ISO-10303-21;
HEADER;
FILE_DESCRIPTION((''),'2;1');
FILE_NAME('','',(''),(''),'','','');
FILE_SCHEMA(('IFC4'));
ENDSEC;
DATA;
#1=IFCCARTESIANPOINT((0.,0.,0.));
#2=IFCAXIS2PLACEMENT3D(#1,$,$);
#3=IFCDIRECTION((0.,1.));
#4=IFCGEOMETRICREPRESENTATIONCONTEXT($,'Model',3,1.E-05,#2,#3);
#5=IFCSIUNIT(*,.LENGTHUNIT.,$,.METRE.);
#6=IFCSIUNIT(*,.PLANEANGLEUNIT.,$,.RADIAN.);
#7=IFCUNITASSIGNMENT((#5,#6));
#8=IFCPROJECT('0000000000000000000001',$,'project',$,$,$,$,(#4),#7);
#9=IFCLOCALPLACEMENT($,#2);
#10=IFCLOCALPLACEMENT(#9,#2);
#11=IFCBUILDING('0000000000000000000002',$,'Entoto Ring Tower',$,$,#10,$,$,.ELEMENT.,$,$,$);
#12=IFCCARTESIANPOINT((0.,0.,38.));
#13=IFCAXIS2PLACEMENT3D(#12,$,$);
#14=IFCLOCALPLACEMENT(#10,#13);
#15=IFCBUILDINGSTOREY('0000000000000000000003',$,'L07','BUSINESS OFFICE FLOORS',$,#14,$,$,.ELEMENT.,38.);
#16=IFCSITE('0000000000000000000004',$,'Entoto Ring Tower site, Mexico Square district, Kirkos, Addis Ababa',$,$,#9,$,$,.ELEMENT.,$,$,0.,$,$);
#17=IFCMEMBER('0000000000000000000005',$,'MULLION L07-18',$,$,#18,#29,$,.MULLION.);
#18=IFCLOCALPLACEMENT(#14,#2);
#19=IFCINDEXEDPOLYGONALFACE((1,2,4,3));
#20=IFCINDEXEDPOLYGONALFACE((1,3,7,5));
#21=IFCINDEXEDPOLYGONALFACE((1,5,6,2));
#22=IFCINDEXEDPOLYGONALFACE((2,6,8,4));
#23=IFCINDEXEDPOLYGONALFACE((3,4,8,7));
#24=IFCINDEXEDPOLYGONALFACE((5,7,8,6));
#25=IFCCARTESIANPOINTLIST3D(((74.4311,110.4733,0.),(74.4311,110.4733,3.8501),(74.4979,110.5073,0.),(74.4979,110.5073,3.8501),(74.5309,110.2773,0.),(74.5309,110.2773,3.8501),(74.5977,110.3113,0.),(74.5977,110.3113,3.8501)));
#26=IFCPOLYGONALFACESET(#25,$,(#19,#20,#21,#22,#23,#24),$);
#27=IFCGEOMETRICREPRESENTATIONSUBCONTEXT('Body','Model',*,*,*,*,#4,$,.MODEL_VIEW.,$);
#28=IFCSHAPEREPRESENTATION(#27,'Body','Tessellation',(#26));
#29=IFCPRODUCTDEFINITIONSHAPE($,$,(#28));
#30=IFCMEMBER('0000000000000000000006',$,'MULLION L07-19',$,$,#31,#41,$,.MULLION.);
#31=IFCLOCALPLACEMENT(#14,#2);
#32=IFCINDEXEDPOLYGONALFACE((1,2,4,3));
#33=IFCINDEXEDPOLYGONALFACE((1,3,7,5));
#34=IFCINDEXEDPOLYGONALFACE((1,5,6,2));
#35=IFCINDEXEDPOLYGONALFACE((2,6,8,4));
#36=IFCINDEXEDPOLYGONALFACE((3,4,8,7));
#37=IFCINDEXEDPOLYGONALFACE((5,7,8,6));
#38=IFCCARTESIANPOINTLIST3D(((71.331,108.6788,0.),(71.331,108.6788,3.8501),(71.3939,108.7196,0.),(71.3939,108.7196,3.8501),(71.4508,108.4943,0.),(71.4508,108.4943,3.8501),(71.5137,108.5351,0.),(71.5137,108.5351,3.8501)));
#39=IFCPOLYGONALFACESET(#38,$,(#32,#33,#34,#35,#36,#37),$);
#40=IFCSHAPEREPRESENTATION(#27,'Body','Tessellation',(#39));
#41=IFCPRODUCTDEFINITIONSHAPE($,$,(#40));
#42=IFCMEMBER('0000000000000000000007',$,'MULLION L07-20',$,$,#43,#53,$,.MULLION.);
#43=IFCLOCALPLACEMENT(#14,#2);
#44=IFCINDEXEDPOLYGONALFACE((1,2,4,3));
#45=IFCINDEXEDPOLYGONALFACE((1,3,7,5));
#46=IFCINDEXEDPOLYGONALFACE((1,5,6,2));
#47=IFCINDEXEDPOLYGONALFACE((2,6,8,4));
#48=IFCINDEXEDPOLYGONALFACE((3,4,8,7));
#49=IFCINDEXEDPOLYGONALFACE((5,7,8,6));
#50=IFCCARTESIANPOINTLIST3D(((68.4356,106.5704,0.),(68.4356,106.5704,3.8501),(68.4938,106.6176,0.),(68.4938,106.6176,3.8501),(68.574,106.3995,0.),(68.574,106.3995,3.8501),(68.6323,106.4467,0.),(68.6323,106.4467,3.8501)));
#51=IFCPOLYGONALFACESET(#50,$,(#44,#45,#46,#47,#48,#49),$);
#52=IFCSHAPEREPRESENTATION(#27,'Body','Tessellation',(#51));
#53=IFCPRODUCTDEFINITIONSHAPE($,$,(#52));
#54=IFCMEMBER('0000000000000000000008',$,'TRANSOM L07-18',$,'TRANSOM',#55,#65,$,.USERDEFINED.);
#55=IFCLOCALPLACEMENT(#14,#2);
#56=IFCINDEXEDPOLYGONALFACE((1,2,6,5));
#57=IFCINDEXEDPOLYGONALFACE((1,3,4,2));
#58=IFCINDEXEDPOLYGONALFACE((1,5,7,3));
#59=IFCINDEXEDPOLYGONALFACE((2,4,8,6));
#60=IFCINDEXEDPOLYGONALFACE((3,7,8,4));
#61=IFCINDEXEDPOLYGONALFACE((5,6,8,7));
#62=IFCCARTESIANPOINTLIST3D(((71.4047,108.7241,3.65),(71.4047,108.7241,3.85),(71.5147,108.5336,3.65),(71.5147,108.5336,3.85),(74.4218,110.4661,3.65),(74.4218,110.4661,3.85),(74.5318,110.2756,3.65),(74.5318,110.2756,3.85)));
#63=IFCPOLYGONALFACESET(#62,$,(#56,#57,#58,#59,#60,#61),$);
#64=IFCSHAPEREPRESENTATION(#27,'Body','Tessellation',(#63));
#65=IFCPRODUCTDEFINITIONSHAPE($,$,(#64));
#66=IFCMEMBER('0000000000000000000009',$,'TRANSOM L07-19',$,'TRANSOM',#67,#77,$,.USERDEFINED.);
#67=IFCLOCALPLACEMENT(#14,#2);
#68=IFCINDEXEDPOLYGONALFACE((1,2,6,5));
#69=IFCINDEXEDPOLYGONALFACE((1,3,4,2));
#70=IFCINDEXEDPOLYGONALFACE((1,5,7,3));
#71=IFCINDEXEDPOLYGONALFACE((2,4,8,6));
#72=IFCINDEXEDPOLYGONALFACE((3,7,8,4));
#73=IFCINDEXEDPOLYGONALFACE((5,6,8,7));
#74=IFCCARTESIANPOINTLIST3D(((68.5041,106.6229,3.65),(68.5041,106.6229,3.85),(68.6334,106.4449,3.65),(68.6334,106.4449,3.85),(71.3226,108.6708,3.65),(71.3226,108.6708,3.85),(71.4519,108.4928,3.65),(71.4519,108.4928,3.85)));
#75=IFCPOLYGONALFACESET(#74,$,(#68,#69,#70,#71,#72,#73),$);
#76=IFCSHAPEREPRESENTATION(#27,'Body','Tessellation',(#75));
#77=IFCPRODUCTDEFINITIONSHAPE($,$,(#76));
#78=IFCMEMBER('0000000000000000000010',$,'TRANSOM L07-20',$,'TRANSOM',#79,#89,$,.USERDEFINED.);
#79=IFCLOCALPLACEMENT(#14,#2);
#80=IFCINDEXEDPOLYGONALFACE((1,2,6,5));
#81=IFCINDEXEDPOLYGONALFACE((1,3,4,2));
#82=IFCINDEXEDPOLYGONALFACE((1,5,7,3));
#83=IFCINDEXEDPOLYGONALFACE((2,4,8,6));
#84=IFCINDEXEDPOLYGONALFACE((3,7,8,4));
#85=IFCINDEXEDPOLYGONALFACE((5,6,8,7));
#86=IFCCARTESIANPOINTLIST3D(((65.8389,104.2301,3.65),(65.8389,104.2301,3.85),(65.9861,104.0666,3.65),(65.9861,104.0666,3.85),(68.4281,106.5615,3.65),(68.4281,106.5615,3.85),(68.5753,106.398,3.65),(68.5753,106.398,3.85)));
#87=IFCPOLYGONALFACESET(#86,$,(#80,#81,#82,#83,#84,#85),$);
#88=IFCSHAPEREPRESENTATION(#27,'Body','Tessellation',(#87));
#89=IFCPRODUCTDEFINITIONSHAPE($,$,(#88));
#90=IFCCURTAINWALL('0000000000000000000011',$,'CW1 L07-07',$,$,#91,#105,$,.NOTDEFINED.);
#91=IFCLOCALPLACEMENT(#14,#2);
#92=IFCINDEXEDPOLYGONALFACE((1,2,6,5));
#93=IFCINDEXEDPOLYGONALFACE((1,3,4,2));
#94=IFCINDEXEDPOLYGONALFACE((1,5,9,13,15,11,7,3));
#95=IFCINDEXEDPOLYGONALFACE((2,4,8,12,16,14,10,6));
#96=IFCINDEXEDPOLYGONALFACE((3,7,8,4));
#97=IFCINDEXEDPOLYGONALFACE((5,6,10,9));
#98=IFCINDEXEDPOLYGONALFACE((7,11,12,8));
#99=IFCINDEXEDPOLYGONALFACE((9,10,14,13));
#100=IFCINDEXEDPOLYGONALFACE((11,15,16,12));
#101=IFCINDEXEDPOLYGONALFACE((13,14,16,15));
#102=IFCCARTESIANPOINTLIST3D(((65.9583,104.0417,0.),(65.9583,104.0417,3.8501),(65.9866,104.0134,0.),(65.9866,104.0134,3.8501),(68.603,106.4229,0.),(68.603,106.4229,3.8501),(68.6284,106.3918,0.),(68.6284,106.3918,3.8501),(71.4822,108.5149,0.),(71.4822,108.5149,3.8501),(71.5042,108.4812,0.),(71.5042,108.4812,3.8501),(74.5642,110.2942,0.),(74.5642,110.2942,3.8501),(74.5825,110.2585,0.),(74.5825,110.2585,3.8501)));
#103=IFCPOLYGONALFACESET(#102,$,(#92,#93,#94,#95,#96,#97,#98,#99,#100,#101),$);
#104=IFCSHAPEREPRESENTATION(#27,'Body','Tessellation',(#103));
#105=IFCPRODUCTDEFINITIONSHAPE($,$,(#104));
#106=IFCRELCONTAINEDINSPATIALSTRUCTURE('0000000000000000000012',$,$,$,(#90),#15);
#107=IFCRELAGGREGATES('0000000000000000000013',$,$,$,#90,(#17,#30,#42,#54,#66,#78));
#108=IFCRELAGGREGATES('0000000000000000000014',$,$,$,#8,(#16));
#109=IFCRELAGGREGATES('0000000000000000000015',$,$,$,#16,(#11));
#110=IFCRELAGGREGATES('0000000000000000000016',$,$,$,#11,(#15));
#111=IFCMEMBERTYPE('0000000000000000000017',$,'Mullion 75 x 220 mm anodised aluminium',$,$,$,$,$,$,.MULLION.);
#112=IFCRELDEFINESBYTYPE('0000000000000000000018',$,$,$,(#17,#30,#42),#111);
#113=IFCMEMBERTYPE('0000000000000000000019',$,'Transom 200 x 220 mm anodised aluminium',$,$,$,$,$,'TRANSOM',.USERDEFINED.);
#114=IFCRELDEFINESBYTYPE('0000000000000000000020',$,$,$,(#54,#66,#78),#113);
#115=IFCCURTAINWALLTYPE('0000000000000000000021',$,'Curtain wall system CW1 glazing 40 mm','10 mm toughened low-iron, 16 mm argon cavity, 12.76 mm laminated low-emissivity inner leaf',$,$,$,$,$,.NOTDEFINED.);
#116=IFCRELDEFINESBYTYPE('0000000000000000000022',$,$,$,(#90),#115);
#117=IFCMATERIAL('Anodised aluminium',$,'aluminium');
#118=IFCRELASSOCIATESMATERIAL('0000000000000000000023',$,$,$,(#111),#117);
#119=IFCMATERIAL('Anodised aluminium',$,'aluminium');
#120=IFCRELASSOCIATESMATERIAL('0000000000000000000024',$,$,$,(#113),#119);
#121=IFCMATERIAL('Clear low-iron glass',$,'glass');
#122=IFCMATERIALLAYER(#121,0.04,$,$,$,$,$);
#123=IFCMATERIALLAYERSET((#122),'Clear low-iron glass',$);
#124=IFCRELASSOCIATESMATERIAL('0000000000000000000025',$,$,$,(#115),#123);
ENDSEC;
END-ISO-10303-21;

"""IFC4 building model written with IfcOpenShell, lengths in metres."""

from ifc_helpers import new_model, si_unit, direction, frame, origin, origin_2d, place, context, subcontext, project, spatial, polyline, rectangle, outline, extrude, material, layer, layer_set, material_profile, profile_set, type_object, element, aggregate, save


model = new_model("IFC4")

# Units and contexts
model_context = context("Model", 3, precision=1e-05, world=origin(), true_north=direction((0.0, 1.0)))
body_context = subcontext(model_context, "Body", "Model", "MODEL_VIEW")
ifc_project = project(units=[si_unit("LENGTHUNIT", "METRE"), si_unit("PLANEANGLEUNIT", "RADIAN")], contexts=[model_context])

# Members
ifc_material_1 = material(Name="Anodised aluminium", Category="aluminium")
ifc_material_profile_1 = material_profile(ifc_material_1, rectangle(XDim=0.075, YDim=0.22, at=origin_2d()), Name="Mullion 75 x 220 mm anodised aluminium")
ifc_profile_set_1 = profile_set([ifc_material_profile_1], Name="Anodised aluminium")
member_type_1 = type_object("IfcMemberType", Name="Mullion 75 x 220 mm anodised aluminium", PredefinedType="MULLION", material=ifc_profile_set_1)
site_placement = place(None, origin())
building_placement = place(site_placement, origin())
storey_placement = place(building_placement, frame((0.0, 0.0, 38.0)))
member_1_placement = place(storey_placement, frame((74.5144, 110.3923, 0.0), z_axis=(0.0, 0.0, 1.0), x_axis=(-0.891007, -0.45399, 0.0)))
member_1 = element("IfcMember", 1, at=member_1_placement, type_object=member_type_1, Name="MULLION L07-18", PredefinedType="MULLION", context=body_context, shape_type="SweptSolid", body=[
    extrude(rectangle(XDim=0.075, YDim=0.22, at=origin_2d()), origin(), (0.0, 0.0, 1.0), 3.8501),
])
member_2_placement = place(storey_placement, frame((71.4224, 108.6069, 0.0), z_axis=(0.0, 0.0, 1.0), x_axis=(-0.838671, -0.544639, 0.0)))
member_2 = element("IfcMember", 2, at=member_2_placement, type_object=member_type_1, Name="MULLION L07-19", PredefinedType="MULLION", context=body_context, shape_type="SweptSolid", body=[
    extrude(rectangle(XDim=0.075, YDim=0.22, at=origin_2d()), origin(), (0.0, 0.0, 1.0), 3.8501),
])
member_3_placement = place(storey_placement, frame((68.5339, 106.5085, 0.0), z_axis=(0.0, 0.0, 1.0), x_axis=(-0.777146, -0.62932, 0.0)))
member_3 = element("IfcMember", 3, at=member_3_placement, type_object=member_type_1, Name="MULLION L07-20", PredefinedType="MULLION", context=body_context, shape_type="SweptSolid", body=[
    extrude(rectangle(XDim=0.075, YDim=0.22, at=origin_2d()), origin(), (0.0, 0.0, 1.0), 3.8501),
])
ifc_material_2 = material(Name="Anodised aluminium", Category="aluminium")
ifc_material_profile_2 = material_profile(ifc_material_2, rectangle(XDim=0.22, YDim=0.2, at=origin_2d()), Name="Transom 200 x 220 mm anodised aluminium")
ifc_profile_set_2 = profile_set([ifc_material_profile_2], Name="Anodised aluminium")
member_type_2 = type_object("IfcMemberType", Name="Transom 200 x 220 mm anodised aluminium", ElementType="TRANSOM", PredefinedType="USERDEFINED", material=ifc_profile_set_2)
member_4_placement = place(storey_placement, frame((74.4768, 110.3708, 3.75), z_axis=(-0.866022, -0.500006, 0.0), x_axis=(0.500006, -0.866022, 0.0)))
member_4 = element("IfcMember", 4, at=member_4_placement, type_object=member_type_2, Name="TRANSOM L07-18", ObjectType="TRANSOM", PredefinedType="USERDEFINED", context=body_context, shape_type="SweptSolid", body=[
    extrude(rectangle(XDim=0.22, YDim=0.2, at=origin_2d()), origin(), (0.0, 0.0, 1.0), 3.4839),
])
member_5_placement = place(storey_placement, frame((71.3872, 108.5818, 3.75), z_axis=(-0.808991, -0.587822, 0.0), x_axis=(0.587822, -0.808991, 0.0)))
member_5 = element("IfcMember", 5, at=member_5_placement, type_object=member_type_2, Name="TRANSOM L07-19", ObjectType="TRANSOM", PredefinedType="USERDEFINED", context=body_context, shape_type="SweptSolid", body=[
    extrude(rectangle(XDim=0.22, YDim=0.2, at=origin_2d()), origin(), (0.0, 0.0, 1.0), 3.4839),
])
member_6_placement = place(storey_placement, frame((68.5017, 106.4797, 3.75), z_axis=(-0.743137, -0.669139, 0.0), x_axis=(0.669139, -0.743137, 0.0)))
member_6 = element("IfcMember", 6, at=member_6_placement, type_object=member_type_2, Name="TRANSOM L07-20", ObjectType="TRANSOM", PredefinedType="USERDEFINED", context=body_context, shape_type="SweptSolid", body=[
    extrude(rectangle(XDim=0.22, YDim=0.2, at=origin_2d()), origin(), (0.0, 0.0, 1.0), 3.4841),
])

# Site, building, storey
site = spatial("IfcSite", under=ifc_project, at=site_placement, Name="Entoto Ring Tower site, Mexico Square district, Kirkos, Addis Ababa", CompositionType="ELEMENT", RefElevation=0.0)
building = spatial("IfcBuilding", under=site, at=building_placement, Name="Entoto Ring Tower", CompositionType="ELEMENT")
storey = spatial("IfcBuildingStorey", under=building, at=storey_placement, Name="L07", Description="BUSINESS OFFICE FLOORS", CompositionType="ELEMENT", Elevation=38.0)

# Curtain wall
ifc_material_3 = material(Name="Clear low-iron glass", Category="glass")
ifc_layer = layer(ifc_material_3, 0.04)
ifc_layer_set = layer_set([ifc_layer], Name="Clear low-iron glass")
curtain_wall_type = type_object("IfcCurtainWallType", Name="Curtain wall system CW1 glazing 40 mm", Description="10 mm toughened low-iron, 16 mm argon cavity, 12.76 mm laminated low-emissivity inner leaf", PredefinedType="NOTDEFINED", material=ifc_layer_set)
curtain_wall_1_placement = place(storey_placement, origin())
curtain_wall_1 = element("IfcCurtainWall", 7, at=curtain_wall_1_placement, inside=storey, type_object=curtain_wall_type, Name="CW1 L07-07", PredefinedType="NOTDEFINED", context=body_context, shape_type="SweptSolid", body=[
    extrude(outline(polyline([(74.5642, 110.2942), (71.4822, 108.5149), (68.603, 106.4229), (65.9583, 104.0417), (65.9866, 104.0134), (68.6284, 106.3918), (71.5042, 108.4812), (74.5825, 110.2585), (74.5642, 110.2942)])), origin(), (0.0, 0.0, 1.0), 3.8501),
])
aggregate(curtain_wall_1, [member_1, member_2, member_3, member_4, member_5, member_6])

save(model, "model.ifc")
